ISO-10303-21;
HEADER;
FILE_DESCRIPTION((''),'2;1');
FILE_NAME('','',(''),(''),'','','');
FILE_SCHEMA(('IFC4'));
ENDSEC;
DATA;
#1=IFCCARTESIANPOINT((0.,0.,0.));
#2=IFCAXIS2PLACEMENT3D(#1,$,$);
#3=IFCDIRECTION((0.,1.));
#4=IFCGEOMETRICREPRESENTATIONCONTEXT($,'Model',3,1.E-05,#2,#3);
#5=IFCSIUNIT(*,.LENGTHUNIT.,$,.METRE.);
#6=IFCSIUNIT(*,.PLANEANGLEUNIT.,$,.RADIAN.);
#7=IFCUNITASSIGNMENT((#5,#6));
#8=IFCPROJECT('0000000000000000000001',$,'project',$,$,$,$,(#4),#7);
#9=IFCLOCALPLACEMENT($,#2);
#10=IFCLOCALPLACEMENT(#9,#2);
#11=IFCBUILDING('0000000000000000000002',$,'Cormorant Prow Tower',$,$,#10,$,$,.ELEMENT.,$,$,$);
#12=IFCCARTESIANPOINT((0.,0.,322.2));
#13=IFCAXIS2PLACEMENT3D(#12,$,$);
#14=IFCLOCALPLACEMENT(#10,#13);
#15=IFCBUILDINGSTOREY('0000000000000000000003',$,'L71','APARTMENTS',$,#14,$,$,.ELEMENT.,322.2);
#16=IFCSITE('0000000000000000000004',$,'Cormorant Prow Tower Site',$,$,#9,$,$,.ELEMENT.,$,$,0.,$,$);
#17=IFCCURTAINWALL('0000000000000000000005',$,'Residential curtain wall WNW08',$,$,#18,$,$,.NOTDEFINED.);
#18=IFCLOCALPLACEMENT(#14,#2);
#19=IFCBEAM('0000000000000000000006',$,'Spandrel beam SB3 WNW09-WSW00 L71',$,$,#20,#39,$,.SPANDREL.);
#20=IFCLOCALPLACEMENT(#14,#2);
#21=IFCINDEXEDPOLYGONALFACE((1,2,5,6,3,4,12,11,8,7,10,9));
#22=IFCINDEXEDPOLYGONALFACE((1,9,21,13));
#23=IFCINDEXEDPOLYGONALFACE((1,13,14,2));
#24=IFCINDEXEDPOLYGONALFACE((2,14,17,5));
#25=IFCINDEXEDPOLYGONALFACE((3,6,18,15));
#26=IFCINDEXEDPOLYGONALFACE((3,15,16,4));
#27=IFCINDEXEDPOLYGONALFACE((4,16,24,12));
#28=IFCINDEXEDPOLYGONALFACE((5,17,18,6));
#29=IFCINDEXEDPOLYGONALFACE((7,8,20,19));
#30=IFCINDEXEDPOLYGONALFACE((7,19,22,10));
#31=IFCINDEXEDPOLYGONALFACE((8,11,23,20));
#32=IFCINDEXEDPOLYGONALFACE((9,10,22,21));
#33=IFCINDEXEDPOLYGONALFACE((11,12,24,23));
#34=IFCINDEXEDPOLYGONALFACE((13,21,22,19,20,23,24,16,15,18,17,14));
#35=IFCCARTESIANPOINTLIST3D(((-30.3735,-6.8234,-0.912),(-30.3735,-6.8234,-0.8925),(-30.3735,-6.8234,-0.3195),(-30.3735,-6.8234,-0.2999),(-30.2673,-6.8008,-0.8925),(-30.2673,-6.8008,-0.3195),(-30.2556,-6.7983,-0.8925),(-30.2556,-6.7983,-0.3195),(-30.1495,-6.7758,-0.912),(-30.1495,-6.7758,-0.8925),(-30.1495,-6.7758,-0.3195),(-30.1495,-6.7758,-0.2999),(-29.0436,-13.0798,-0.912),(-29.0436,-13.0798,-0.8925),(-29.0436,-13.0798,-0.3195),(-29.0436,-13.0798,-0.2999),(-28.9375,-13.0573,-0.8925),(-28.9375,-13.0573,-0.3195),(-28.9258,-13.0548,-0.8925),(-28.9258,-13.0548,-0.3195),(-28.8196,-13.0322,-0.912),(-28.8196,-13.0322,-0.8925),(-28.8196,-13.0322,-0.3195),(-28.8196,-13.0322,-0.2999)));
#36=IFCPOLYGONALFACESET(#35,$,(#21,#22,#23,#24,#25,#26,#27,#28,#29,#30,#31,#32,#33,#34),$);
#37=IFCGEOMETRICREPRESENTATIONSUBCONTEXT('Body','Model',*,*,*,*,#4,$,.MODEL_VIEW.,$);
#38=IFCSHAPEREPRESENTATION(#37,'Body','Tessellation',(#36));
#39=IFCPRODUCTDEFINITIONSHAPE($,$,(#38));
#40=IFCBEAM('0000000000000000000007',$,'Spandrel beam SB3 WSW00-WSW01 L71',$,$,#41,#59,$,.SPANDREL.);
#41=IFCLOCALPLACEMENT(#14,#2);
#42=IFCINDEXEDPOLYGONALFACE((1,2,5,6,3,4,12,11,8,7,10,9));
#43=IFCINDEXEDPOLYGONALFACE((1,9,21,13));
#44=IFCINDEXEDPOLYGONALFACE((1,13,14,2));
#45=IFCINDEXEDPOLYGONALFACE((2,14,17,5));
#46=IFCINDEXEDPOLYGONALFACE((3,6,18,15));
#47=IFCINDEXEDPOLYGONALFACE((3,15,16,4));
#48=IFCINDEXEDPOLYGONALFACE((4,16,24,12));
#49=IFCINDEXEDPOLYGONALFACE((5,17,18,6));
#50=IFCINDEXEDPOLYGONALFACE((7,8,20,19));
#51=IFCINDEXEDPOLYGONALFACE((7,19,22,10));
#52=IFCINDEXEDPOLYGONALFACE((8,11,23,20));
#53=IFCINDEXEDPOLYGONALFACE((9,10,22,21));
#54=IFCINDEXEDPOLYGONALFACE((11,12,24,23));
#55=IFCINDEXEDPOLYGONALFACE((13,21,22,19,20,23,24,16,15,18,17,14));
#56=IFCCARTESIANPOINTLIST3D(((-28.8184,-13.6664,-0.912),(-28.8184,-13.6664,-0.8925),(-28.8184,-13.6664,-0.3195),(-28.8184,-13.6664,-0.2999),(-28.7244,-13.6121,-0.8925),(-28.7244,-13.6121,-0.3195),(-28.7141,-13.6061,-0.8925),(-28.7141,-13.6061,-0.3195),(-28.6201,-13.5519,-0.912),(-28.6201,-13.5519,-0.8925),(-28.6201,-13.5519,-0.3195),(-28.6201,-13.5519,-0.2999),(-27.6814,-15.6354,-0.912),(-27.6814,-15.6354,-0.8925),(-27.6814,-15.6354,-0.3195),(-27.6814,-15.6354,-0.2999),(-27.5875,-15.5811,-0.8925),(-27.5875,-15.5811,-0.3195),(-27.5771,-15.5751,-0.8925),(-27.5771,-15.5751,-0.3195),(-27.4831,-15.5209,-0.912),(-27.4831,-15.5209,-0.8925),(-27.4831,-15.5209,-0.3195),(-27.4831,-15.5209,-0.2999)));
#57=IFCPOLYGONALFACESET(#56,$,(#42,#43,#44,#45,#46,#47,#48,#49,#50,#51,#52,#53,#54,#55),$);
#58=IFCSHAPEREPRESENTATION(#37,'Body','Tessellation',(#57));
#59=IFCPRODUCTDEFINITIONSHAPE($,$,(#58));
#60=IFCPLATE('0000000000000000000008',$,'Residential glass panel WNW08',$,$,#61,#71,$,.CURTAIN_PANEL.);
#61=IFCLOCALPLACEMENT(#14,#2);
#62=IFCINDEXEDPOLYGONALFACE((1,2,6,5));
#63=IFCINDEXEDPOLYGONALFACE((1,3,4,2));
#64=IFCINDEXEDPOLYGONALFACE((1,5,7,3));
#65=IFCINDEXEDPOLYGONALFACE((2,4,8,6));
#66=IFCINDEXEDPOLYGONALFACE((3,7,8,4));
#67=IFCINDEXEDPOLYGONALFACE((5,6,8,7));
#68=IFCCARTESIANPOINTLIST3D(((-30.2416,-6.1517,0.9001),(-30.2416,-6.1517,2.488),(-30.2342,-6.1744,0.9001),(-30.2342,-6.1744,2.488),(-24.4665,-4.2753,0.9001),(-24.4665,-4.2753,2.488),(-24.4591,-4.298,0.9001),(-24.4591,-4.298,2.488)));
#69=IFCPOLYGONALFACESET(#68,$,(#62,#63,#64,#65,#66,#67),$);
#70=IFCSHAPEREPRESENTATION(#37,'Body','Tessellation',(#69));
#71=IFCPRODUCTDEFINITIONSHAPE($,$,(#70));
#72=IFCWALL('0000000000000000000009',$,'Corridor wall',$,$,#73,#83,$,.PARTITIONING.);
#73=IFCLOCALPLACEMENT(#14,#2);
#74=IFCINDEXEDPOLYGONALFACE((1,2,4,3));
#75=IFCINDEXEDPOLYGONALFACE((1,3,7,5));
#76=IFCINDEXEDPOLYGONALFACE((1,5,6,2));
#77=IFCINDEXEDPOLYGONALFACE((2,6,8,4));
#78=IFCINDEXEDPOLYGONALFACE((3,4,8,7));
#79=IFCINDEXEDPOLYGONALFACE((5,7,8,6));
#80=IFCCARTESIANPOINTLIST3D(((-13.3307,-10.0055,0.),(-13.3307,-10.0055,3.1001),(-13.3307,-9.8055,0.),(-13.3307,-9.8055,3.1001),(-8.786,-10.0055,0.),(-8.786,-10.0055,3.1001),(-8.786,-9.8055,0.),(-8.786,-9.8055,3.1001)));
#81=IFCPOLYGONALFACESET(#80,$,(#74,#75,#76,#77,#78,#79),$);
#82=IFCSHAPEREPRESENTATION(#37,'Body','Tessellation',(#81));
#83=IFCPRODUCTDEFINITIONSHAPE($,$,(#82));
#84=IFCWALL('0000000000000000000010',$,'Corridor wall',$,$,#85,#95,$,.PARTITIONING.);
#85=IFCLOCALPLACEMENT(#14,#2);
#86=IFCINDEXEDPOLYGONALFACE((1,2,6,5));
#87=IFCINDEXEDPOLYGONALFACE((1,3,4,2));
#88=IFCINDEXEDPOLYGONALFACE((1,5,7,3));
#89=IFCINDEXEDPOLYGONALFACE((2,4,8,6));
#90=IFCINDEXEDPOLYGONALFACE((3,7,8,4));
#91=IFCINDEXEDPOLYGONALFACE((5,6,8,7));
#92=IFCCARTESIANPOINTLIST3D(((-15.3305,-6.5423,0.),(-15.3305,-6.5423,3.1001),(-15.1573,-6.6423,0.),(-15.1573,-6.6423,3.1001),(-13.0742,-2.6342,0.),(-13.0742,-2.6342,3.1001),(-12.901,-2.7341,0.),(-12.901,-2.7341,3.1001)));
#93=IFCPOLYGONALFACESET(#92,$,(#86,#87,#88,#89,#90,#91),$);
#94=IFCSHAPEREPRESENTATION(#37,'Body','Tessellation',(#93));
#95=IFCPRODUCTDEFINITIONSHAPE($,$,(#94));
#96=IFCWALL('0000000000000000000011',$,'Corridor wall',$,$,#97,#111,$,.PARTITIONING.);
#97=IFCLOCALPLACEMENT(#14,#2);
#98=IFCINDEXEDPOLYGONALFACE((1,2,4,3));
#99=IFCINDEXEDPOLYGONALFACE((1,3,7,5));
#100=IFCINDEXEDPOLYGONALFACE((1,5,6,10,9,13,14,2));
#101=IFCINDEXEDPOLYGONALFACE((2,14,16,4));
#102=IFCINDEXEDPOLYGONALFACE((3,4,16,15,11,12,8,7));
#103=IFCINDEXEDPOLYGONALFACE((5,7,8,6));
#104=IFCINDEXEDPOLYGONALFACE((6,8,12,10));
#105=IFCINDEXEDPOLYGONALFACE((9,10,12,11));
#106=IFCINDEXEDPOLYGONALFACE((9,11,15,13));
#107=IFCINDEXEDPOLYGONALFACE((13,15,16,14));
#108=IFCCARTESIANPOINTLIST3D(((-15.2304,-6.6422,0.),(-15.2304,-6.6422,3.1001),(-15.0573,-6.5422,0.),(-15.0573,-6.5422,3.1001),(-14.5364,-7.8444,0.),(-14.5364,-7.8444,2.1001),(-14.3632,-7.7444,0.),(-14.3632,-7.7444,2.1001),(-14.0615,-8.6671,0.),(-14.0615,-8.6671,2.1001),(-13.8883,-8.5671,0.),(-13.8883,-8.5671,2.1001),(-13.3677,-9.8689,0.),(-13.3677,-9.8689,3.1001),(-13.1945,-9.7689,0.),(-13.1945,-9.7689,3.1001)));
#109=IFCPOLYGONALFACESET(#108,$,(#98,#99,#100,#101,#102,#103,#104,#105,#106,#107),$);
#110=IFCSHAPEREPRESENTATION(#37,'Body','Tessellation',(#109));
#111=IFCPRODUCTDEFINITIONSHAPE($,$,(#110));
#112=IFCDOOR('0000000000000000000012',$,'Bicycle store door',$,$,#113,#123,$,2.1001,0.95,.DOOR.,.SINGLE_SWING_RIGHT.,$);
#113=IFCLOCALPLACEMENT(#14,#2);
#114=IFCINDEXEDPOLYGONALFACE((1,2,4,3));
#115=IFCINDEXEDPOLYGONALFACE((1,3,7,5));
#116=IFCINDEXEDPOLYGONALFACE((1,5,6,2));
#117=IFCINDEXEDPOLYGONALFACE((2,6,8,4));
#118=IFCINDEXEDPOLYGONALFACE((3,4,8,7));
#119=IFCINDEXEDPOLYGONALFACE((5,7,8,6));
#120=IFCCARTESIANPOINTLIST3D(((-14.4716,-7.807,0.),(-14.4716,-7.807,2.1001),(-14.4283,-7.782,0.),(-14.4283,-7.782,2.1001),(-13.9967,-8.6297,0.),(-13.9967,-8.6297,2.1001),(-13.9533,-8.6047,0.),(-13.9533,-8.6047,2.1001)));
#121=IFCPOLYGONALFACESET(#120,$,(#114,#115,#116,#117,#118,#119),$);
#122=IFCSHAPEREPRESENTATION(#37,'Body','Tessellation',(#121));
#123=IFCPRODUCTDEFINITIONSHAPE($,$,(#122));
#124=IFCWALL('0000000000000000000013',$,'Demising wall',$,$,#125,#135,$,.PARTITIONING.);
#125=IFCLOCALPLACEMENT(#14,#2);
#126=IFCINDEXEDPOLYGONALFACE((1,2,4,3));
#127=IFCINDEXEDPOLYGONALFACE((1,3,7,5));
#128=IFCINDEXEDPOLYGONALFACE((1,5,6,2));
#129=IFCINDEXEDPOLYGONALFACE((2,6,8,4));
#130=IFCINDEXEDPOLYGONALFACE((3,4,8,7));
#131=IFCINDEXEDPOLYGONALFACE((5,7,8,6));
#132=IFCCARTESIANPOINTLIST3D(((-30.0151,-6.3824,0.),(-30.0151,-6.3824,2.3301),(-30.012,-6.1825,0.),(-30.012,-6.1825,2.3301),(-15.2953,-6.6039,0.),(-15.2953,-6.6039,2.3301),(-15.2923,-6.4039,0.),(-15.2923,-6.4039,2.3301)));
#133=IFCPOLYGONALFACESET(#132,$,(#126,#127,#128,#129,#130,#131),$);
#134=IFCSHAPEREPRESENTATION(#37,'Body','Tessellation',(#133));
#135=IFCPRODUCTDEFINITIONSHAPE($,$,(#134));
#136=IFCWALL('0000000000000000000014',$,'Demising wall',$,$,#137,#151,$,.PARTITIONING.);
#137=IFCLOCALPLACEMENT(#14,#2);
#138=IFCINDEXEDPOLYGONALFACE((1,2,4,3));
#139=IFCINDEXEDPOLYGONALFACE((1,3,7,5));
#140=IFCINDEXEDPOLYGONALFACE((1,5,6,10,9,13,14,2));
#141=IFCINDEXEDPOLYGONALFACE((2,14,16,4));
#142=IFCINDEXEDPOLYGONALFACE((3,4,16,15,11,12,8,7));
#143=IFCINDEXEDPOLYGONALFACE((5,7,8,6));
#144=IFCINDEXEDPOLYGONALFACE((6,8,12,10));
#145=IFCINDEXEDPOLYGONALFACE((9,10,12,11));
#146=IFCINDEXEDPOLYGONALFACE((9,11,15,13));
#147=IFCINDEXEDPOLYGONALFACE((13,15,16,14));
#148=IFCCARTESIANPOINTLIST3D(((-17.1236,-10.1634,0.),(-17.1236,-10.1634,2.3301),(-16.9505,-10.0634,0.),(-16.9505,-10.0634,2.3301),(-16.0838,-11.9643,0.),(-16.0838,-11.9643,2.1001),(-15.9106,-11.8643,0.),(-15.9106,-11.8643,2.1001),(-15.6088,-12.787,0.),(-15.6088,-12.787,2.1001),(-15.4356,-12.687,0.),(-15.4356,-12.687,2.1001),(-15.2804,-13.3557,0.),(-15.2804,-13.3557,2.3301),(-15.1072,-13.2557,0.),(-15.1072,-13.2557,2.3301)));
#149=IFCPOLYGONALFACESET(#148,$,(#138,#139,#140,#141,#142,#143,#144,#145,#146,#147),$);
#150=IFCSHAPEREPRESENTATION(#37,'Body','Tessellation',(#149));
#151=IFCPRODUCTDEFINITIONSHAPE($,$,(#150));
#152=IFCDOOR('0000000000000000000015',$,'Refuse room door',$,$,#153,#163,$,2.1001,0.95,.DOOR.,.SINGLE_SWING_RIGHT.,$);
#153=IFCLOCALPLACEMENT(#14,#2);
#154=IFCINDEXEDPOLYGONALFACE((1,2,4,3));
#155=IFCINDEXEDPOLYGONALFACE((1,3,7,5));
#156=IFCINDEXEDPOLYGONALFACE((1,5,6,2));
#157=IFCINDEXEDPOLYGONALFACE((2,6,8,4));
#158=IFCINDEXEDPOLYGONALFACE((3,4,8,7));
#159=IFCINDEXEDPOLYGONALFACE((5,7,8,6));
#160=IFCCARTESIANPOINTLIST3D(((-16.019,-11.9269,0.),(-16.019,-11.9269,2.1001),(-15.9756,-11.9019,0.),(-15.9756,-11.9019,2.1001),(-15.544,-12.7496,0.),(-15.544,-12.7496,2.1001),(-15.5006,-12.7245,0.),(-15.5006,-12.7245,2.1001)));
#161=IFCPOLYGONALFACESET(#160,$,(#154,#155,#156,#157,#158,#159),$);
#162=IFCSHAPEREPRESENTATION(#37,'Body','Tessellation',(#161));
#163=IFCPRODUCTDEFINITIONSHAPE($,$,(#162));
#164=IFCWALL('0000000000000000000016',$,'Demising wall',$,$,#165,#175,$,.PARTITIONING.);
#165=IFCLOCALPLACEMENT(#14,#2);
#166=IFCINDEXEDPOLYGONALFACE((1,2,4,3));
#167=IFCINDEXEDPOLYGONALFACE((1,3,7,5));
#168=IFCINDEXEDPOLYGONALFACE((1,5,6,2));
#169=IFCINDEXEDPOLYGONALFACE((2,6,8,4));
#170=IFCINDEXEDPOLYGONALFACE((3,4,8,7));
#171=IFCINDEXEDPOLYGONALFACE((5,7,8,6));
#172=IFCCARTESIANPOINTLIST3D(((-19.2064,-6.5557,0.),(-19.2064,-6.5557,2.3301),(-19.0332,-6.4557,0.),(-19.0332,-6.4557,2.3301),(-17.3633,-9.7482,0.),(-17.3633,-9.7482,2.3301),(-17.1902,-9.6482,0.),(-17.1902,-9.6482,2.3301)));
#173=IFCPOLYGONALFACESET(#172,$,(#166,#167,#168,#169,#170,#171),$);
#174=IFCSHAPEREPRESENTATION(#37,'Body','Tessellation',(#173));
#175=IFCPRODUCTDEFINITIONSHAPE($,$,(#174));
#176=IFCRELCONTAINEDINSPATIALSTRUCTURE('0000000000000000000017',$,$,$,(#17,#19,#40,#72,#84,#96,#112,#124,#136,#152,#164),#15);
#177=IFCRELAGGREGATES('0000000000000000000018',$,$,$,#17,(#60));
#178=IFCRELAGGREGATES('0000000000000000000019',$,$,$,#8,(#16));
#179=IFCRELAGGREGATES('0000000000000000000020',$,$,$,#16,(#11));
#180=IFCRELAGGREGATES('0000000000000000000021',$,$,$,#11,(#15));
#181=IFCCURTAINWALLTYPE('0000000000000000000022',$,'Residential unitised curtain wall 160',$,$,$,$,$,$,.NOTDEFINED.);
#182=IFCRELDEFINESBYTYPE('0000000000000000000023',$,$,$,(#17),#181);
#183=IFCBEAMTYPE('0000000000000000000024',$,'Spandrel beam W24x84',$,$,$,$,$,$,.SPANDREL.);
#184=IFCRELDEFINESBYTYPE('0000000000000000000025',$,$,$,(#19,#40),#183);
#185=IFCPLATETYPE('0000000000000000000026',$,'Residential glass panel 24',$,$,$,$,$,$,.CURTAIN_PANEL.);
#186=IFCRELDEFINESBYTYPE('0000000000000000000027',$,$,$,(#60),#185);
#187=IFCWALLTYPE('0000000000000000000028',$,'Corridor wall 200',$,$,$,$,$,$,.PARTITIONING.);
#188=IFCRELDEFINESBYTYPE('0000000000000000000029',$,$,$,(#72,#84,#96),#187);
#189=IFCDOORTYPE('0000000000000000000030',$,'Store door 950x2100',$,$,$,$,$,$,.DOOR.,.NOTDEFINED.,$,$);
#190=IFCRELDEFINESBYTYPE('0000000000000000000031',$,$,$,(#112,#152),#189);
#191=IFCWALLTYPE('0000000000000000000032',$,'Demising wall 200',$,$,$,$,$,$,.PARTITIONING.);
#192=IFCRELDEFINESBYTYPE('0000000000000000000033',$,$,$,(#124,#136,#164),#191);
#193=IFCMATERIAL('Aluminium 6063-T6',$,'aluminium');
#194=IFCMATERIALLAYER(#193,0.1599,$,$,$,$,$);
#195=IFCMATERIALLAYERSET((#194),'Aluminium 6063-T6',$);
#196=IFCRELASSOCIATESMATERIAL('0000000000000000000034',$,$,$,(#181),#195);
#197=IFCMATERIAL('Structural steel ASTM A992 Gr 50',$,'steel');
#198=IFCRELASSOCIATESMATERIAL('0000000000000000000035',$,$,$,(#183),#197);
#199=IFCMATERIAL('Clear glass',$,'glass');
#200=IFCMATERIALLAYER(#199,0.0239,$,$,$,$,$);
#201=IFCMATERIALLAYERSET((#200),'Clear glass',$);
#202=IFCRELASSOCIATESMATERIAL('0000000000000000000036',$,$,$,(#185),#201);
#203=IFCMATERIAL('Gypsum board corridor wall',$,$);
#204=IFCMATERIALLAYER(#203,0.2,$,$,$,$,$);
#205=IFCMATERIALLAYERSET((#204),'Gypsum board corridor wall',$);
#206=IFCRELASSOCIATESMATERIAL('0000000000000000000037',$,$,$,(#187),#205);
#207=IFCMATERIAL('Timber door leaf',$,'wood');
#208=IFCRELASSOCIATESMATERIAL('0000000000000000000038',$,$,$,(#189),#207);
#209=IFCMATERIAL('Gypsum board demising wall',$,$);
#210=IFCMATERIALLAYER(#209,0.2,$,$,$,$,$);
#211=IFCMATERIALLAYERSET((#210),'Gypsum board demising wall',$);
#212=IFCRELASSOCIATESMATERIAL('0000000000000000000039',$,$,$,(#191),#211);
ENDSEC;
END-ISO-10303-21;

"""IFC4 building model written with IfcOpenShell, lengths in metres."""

from ifc_helpers import new_model, si_unit, direction, frame, frame_2d, origin, origin_2d, place, context, subcontext, project, spatial, rectangle, i_section, extrude, material, layer, layer_set, material_profile, profile_set, type_object, element, fill, aggregate, save


model = new_model("IFC4")

# Units and contexts
model_context = context("Model", 3, precision=1e-05, world=origin(), true_north=direction((0.0, 1.0)))
body_context = subcontext(model_context, "Body", "Model", "MODEL_VIEW")
ifc_project = project(units=[si_unit("LENGTHUNIT", "METRE"), si_unit("PLANEANGLEUNIT", "RADIAN")], contexts=[model_context])

# Site, building, storey
site_placement = place(None, origin())
site = spatial("IfcSite", under=ifc_project, at=site_placement, Name="Cormorant Prow Tower Site", CompositionType="ELEMENT", RefElevation=0.0)
building_placement = place(site_placement, origin())
building = spatial("IfcBuilding", under=site, at=building_placement, Name="Cormorant Prow Tower", CompositionType="ELEMENT")
storey_placement = place(building_placement, frame((0.0, 0.0, 322.2)))
storey = spatial("IfcBuildingStorey", under=building, at=storey_placement, Name="L71", Description="APARTMENTS", CompositionType="ELEMENT", Elevation=322.2)

# Curtain wall
ifc_material_1 = material(Name="Aluminium 6063-T6", Category="aluminium")
ifc_layer_1 = layer(ifc_material_1, 0.1599)
ifc_layer_set_1 = layer_set([ifc_layer_1], Name="Aluminium 6063-T6")
curtain_wall_type = type_object("IfcCurtainWallType", Name="Residential unitised curtain wall 160", PredefinedType="NOTDEFINED", material=ifc_layer_set_1)
curtain_wall_placement = place(storey_placement, origin())
curtain_wall = element("IfcCurtainWall", 1, at=curtain_wall_placement, inside=storey, type_object=curtain_wall_type, Name="Residential curtain wall WNW08", PredefinedType="NOTDEFINED")

# Beams
ifc_material_2 = material(Name="Structural steel ASTM A992 Gr 50", Category="steel")
ifc_material_profile_1 = material_profile(ifc_material_2, i_section(OverallWidth=0.229, OverallDepth=0.6121, WebThickness=0.012, FlangeThickness=0.0195, at=origin_2d()), Name="W24x84")
ifc_profile_set_1 = profile_set([ifc_material_profile_1], Name="Structural steel ASTM A992 Gr 50")
beam_type_1 = type_object("IfcBeamType", Name="Spandrel beam W24x84", PredefinedType="SPANDREL", material=ifc_profile_set_1)
beam_1_placement = place(storey_placement, frame((-30.2615, -6.7996, -0.606), z_axis=(0.207913, -0.978147, 0.0), x_axis=(0.978147, 0.207913, 0.0)))
element("IfcBeam", 2, at=beam_1_placement, inside=storey, type_object=beam_type_1, Name="Spandrel beam SB3 WNW09-WSW00 L71", PredefinedType="SPANDREL", context=body_context, shape_type="SweptSolid", body=[
    extrude(i_section(OverallWidth=0.229, OverallDepth=0.6121, WebThickness=0.012, FlangeThickness=0.0195, at=origin_2d()), origin(), (0.0, 0.0, 1.0), 6.3962),
])
beam_2_placement = place(storey_placement, frame((-28.7192, -13.6091, -0.606), z_axis=(0.500054, -0.865994, 0.0), x_axis=(0.865994, 0.500054, 0.0)))
element("IfcBeam", 3, at=beam_2_placement, inside=storey, type_object=beam_type_1, Name="Spandrel beam SB3 WSW00-WSW01 L71", PredefinedType="SPANDREL", context=body_context, shape_type="SweptSolid", body=[
    extrude(i_section(OverallWidth=0.229, OverallDepth=0.6121, WebThickness=0.012, FlangeThickness=0.0195, at=origin_2d()), origin(), (0.0, 0.0, 1.0), 2.2737),
])

# Plate
ifc_material_3 = material(Name="Clear glass", Category="glass")
ifc_layer_2 = layer(ifc_material_3, 0.0239)
ifc_layer_set_2 = layer_set([ifc_layer_2], Name="Clear glass")
plate_type = type_object("IfcPlateType", Name="Residential glass panel 24", PredefinedType="CURTAIN_PANEL", material=ifc_layer_set_2)
plate_placement = place(storey_placement, frame((-27.3503, -5.2249, 0.9001), z_axis=(0.0, 0.0, 1.0), x_axis=(-0.951057, -0.309017, 0.0)))
plate = element("IfcPlate", 4, at=plate_placement, type_object=plate_type, Name="Residential glass panel WNW08", PredefinedType="CURTAIN_PANEL", context=body_context, shape_type="SweptSolid", body=[
    extrude(rectangle(XDim=6.0723, YDim=0.0239, at=origin_2d()), origin(), (0.0, 0.0, 1.0), 1.5879),
])
aggregate(curtain_wall, [plate])

# Walls
ifc_material_4 = material(Name="Gypsum board corridor wall")
ifc_layer_3 = layer(ifc_material_4, 0.2)
ifc_layer_set_3 = layer_set([ifc_layer_3], Name="Gypsum board corridor wall")
wall_type_1 = type_object("IfcWallType", Name="Corridor wall 200", PredefinedType="PARTITIONING", material=ifc_layer_set_3)
wall_1_placement = place(storey_placement, frame((-13.3308, -9.9055, 0.0), z_axis=(0.0, 0.0, 1.0), x_axis=(1.0, 0.0, 0.0)))
element("IfcWall", 5, at=wall_1_placement, inside=storey, type_object=wall_type_1, Name="Corridor wall", PredefinedType="PARTITIONING", context=body_context, shape_type="SweptSolid", body=[
    extrude(rectangle(XDim=4.5447, YDim=0.2, at=frame_2d((2.2725, 0.0))), origin(), (0.0, 0.0, 1.0), 3.1001),
])
wall_2_placement = place(storey_placement, frame((-15.2439, -6.5923, 0.0), z_axis=(0.0, 0.0, 1.0), x_axis=(0.499991, 0.866031, 0.0)))
element("IfcWall", 6, at=wall_2_placement, inside=storey, type_object=wall_type_1, Name="Corridor wall", PredefinedType="PARTITIONING", context=body_context, shape_type="SweptSolid", body=[
    extrude(rectangle(XDim=4.5127, YDim=0.2, at=frame_2d((2.2563, 0.0))), origin(), (0.0, 0.0, 1.0), 3.1001),
])

# Wall, opening, door
wall_3_placement = place(storey_placement, frame((-15.1438, -6.5923, 0.0), z_axis=(0.0, 0.0, 1.0), x_axis=(0.499959, -0.866049, 0.0)))
wall_3 = element("IfcWall", 7, at=wall_3_placement, inside=storey, type_object=wall_type_1, Name="Corridor wall", PredefinedType="PARTITIONING", context=body_context, shape_type="SweptSolid", body=[
    extrude(rectangle(XDim=3.7258, YDim=0.2, at=frame_2d((1.8628, 0.0))), origin(), (0.0, 0.0, 1.0), 3.1001),
])
opening_1_placement = place(wall_3_placement, frame((1.3879, 0.0, 0.0)))
opening_1 = element("IfcOpeningElement", 8, at=opening_1_placement, cuts=wall_3, PredefinedType="OPENING", context=body_context, shape_type="SweptSolid", body=[
    extrude(rectangle(XDim=0.95, YDim=2.1001, at=frame_2d((0.4751, 1.05))), frame((0.0, 0.1099, 0.0), z_axis=(0.0, -1.0, 0.0), x_axis=(1.0, 0.0, 0.0)), (0.0, 0.0, 1.0), 0.22),
])
ifc_material_5 = material(Name="Timber door leaf", Category="wood")
door_type_1 = type_object("IfcDoorType", Name="Store door 950x2100", OperationType="NOTDEFINED", PredefinedType="DOOR", material=ifc_material_5)
door_1_placement = place(opening_1_placement, origin())
door_1 = element("IfcDoor", 9, at=door_1_placement, inside=storey, type_object=door_type_1, Name="Bicycle store door", OperationType="SINGLE_SWING_RIGHT", OverallHeight=2.1001, OverallWidth=0.95, PredefinedType="DOOR", context=body_context, shape_type="SweptSolid", body=[
    extrude(rectangle(XDim=0.95, YDim=2.1001, at=frame_2d((0.4751, 1.05))), frame((0.0, 0.0249, 0.0), z_axis=(0.0, -1.0, 0.0), x_axis=(1.0, 0.0, 0.0)), (0.0, 0.0, 1.0), 0.05),
])
fill(opening_1, door_1)

# Wall
ifc_material_6 = material(Name="Gypsum board demising wall")
ifc_layer_4 = layer(ifc_material_6, 0.2)
ifc_layer_set_4 = layer_set([ifc_layer_4], Name="Gypsum board demising wall")
wall_type_2 = type_object("IfcWallType", Name="Demising wall 200", PredefinedType="PARTITIONING", material=ifc_layer_set_4)
wall_4_placement = place(storey_placement, frame((-30.0137, -6.2825, 0.0), z_axis=(0.0, 0.0, 1.0), x_axis=(0.999887, -0.015042, 0.0)))
element("IfcWall", 10, at=wall_4_placement, inside=storey, type_object=wall_type_2, Name="Demising wall", PredefinedType="PARTITIONING", context=body_context, shape_type="SweptSolid", body=[
    extrude(rectangle(XDim=14.7214, YDim=0.2, at=frame_2d((7.3608, 0.0))), origin(), (0.0, 0.0, 1.0), 2.3301),
])

# Wall, opening, door
wall_5_placement = place(storey_placement, frame((-17.0371, -10.1133, 0.0), z_axis=(0.0, 0.0, 1.0), x_axis=(0.500028, -0.866009, 0.0)))
wall_5 = element("IfcWall", 11, at=wall_5_placement, inside=storey, type_object=wall_type_2, Name="Demising wall", PredefinedType="PARTITIONING", context=body_context, shape_type="SweptSolid", body=[
    extrude(rectangle(XDim=3.6863, YDim=0.2, at=frame_2d((1.8433, 0.0))), origin(), (0.0, 0.0, 1.0), 2.3301),
])
opening_2_placement = place(wall_5_placement, frame((2.0796, 0.0, 0.0)))
opening_2 = element("IfcOpeningElement", 12, at=opening_2_placement, cuts=wall_5, PredefinedType="OPENING", context=body_context, shape_type="SweptSolid", body=[
    extrude(rectangle(XDim=0.95, YDim=2.1001, at=frame_2d((0.4751, 1.05))), frame((0.0, 0.1099, 0.0), z_axis=(0.0, -1.0, 0.0), x_axis=(1.0, 0.0, 0.0)), (0.0, 0.0, 1.0), 0.22),
])
door_2_placement = place(opening_2_placement, origin())
door_2 = element("IfcDoor", 13, at=door_2_placement, inside=storey, type_object=door_type_1, Name="Refuse room door", OperationType="SINGLE_SWING_RIGHT", OverallHeight=2.1001, OverallWidth=0.95, PredefinedType="DOOR", context=body_context, shape_type="SweptSolid", body=[
    extrude(rectangle(XDim=0.95, YDim=2.1001, at=frame_2d((0.4751, 1.05))), frame((0.0, 0.0249, 0.0), z_axis=(0.0, -1.0, 0.0), x_axis=(1.0, 0.0, 0.0)), (0.0, 0.0, 1.0), 0.05),
])
fill(opening_2, door_2)

# Wall
wall_6_placement = place(storey_placement, frame((-19.1199, -6.5056, 0.0), z_axis=(0.0, 0.0, 1.0), x_axis=(0.499979, -0.866038, 0.0)))
element("IfcWall", 14, at=wall_6_placement, inside=storey, type_object=wall_type_2, Name="Demising wall", PredefinedType="PARTITIONING", context=body_context, shape_type="SweptSolid", body=[
    extrude(rectangle(XDim=3.6863, YDim=0.2, at=frame_2d((1.8433, 0.0))), origin(), (0.0, 0.0, 1.0), 2.3301),
])

save(model, "model.ifc")
